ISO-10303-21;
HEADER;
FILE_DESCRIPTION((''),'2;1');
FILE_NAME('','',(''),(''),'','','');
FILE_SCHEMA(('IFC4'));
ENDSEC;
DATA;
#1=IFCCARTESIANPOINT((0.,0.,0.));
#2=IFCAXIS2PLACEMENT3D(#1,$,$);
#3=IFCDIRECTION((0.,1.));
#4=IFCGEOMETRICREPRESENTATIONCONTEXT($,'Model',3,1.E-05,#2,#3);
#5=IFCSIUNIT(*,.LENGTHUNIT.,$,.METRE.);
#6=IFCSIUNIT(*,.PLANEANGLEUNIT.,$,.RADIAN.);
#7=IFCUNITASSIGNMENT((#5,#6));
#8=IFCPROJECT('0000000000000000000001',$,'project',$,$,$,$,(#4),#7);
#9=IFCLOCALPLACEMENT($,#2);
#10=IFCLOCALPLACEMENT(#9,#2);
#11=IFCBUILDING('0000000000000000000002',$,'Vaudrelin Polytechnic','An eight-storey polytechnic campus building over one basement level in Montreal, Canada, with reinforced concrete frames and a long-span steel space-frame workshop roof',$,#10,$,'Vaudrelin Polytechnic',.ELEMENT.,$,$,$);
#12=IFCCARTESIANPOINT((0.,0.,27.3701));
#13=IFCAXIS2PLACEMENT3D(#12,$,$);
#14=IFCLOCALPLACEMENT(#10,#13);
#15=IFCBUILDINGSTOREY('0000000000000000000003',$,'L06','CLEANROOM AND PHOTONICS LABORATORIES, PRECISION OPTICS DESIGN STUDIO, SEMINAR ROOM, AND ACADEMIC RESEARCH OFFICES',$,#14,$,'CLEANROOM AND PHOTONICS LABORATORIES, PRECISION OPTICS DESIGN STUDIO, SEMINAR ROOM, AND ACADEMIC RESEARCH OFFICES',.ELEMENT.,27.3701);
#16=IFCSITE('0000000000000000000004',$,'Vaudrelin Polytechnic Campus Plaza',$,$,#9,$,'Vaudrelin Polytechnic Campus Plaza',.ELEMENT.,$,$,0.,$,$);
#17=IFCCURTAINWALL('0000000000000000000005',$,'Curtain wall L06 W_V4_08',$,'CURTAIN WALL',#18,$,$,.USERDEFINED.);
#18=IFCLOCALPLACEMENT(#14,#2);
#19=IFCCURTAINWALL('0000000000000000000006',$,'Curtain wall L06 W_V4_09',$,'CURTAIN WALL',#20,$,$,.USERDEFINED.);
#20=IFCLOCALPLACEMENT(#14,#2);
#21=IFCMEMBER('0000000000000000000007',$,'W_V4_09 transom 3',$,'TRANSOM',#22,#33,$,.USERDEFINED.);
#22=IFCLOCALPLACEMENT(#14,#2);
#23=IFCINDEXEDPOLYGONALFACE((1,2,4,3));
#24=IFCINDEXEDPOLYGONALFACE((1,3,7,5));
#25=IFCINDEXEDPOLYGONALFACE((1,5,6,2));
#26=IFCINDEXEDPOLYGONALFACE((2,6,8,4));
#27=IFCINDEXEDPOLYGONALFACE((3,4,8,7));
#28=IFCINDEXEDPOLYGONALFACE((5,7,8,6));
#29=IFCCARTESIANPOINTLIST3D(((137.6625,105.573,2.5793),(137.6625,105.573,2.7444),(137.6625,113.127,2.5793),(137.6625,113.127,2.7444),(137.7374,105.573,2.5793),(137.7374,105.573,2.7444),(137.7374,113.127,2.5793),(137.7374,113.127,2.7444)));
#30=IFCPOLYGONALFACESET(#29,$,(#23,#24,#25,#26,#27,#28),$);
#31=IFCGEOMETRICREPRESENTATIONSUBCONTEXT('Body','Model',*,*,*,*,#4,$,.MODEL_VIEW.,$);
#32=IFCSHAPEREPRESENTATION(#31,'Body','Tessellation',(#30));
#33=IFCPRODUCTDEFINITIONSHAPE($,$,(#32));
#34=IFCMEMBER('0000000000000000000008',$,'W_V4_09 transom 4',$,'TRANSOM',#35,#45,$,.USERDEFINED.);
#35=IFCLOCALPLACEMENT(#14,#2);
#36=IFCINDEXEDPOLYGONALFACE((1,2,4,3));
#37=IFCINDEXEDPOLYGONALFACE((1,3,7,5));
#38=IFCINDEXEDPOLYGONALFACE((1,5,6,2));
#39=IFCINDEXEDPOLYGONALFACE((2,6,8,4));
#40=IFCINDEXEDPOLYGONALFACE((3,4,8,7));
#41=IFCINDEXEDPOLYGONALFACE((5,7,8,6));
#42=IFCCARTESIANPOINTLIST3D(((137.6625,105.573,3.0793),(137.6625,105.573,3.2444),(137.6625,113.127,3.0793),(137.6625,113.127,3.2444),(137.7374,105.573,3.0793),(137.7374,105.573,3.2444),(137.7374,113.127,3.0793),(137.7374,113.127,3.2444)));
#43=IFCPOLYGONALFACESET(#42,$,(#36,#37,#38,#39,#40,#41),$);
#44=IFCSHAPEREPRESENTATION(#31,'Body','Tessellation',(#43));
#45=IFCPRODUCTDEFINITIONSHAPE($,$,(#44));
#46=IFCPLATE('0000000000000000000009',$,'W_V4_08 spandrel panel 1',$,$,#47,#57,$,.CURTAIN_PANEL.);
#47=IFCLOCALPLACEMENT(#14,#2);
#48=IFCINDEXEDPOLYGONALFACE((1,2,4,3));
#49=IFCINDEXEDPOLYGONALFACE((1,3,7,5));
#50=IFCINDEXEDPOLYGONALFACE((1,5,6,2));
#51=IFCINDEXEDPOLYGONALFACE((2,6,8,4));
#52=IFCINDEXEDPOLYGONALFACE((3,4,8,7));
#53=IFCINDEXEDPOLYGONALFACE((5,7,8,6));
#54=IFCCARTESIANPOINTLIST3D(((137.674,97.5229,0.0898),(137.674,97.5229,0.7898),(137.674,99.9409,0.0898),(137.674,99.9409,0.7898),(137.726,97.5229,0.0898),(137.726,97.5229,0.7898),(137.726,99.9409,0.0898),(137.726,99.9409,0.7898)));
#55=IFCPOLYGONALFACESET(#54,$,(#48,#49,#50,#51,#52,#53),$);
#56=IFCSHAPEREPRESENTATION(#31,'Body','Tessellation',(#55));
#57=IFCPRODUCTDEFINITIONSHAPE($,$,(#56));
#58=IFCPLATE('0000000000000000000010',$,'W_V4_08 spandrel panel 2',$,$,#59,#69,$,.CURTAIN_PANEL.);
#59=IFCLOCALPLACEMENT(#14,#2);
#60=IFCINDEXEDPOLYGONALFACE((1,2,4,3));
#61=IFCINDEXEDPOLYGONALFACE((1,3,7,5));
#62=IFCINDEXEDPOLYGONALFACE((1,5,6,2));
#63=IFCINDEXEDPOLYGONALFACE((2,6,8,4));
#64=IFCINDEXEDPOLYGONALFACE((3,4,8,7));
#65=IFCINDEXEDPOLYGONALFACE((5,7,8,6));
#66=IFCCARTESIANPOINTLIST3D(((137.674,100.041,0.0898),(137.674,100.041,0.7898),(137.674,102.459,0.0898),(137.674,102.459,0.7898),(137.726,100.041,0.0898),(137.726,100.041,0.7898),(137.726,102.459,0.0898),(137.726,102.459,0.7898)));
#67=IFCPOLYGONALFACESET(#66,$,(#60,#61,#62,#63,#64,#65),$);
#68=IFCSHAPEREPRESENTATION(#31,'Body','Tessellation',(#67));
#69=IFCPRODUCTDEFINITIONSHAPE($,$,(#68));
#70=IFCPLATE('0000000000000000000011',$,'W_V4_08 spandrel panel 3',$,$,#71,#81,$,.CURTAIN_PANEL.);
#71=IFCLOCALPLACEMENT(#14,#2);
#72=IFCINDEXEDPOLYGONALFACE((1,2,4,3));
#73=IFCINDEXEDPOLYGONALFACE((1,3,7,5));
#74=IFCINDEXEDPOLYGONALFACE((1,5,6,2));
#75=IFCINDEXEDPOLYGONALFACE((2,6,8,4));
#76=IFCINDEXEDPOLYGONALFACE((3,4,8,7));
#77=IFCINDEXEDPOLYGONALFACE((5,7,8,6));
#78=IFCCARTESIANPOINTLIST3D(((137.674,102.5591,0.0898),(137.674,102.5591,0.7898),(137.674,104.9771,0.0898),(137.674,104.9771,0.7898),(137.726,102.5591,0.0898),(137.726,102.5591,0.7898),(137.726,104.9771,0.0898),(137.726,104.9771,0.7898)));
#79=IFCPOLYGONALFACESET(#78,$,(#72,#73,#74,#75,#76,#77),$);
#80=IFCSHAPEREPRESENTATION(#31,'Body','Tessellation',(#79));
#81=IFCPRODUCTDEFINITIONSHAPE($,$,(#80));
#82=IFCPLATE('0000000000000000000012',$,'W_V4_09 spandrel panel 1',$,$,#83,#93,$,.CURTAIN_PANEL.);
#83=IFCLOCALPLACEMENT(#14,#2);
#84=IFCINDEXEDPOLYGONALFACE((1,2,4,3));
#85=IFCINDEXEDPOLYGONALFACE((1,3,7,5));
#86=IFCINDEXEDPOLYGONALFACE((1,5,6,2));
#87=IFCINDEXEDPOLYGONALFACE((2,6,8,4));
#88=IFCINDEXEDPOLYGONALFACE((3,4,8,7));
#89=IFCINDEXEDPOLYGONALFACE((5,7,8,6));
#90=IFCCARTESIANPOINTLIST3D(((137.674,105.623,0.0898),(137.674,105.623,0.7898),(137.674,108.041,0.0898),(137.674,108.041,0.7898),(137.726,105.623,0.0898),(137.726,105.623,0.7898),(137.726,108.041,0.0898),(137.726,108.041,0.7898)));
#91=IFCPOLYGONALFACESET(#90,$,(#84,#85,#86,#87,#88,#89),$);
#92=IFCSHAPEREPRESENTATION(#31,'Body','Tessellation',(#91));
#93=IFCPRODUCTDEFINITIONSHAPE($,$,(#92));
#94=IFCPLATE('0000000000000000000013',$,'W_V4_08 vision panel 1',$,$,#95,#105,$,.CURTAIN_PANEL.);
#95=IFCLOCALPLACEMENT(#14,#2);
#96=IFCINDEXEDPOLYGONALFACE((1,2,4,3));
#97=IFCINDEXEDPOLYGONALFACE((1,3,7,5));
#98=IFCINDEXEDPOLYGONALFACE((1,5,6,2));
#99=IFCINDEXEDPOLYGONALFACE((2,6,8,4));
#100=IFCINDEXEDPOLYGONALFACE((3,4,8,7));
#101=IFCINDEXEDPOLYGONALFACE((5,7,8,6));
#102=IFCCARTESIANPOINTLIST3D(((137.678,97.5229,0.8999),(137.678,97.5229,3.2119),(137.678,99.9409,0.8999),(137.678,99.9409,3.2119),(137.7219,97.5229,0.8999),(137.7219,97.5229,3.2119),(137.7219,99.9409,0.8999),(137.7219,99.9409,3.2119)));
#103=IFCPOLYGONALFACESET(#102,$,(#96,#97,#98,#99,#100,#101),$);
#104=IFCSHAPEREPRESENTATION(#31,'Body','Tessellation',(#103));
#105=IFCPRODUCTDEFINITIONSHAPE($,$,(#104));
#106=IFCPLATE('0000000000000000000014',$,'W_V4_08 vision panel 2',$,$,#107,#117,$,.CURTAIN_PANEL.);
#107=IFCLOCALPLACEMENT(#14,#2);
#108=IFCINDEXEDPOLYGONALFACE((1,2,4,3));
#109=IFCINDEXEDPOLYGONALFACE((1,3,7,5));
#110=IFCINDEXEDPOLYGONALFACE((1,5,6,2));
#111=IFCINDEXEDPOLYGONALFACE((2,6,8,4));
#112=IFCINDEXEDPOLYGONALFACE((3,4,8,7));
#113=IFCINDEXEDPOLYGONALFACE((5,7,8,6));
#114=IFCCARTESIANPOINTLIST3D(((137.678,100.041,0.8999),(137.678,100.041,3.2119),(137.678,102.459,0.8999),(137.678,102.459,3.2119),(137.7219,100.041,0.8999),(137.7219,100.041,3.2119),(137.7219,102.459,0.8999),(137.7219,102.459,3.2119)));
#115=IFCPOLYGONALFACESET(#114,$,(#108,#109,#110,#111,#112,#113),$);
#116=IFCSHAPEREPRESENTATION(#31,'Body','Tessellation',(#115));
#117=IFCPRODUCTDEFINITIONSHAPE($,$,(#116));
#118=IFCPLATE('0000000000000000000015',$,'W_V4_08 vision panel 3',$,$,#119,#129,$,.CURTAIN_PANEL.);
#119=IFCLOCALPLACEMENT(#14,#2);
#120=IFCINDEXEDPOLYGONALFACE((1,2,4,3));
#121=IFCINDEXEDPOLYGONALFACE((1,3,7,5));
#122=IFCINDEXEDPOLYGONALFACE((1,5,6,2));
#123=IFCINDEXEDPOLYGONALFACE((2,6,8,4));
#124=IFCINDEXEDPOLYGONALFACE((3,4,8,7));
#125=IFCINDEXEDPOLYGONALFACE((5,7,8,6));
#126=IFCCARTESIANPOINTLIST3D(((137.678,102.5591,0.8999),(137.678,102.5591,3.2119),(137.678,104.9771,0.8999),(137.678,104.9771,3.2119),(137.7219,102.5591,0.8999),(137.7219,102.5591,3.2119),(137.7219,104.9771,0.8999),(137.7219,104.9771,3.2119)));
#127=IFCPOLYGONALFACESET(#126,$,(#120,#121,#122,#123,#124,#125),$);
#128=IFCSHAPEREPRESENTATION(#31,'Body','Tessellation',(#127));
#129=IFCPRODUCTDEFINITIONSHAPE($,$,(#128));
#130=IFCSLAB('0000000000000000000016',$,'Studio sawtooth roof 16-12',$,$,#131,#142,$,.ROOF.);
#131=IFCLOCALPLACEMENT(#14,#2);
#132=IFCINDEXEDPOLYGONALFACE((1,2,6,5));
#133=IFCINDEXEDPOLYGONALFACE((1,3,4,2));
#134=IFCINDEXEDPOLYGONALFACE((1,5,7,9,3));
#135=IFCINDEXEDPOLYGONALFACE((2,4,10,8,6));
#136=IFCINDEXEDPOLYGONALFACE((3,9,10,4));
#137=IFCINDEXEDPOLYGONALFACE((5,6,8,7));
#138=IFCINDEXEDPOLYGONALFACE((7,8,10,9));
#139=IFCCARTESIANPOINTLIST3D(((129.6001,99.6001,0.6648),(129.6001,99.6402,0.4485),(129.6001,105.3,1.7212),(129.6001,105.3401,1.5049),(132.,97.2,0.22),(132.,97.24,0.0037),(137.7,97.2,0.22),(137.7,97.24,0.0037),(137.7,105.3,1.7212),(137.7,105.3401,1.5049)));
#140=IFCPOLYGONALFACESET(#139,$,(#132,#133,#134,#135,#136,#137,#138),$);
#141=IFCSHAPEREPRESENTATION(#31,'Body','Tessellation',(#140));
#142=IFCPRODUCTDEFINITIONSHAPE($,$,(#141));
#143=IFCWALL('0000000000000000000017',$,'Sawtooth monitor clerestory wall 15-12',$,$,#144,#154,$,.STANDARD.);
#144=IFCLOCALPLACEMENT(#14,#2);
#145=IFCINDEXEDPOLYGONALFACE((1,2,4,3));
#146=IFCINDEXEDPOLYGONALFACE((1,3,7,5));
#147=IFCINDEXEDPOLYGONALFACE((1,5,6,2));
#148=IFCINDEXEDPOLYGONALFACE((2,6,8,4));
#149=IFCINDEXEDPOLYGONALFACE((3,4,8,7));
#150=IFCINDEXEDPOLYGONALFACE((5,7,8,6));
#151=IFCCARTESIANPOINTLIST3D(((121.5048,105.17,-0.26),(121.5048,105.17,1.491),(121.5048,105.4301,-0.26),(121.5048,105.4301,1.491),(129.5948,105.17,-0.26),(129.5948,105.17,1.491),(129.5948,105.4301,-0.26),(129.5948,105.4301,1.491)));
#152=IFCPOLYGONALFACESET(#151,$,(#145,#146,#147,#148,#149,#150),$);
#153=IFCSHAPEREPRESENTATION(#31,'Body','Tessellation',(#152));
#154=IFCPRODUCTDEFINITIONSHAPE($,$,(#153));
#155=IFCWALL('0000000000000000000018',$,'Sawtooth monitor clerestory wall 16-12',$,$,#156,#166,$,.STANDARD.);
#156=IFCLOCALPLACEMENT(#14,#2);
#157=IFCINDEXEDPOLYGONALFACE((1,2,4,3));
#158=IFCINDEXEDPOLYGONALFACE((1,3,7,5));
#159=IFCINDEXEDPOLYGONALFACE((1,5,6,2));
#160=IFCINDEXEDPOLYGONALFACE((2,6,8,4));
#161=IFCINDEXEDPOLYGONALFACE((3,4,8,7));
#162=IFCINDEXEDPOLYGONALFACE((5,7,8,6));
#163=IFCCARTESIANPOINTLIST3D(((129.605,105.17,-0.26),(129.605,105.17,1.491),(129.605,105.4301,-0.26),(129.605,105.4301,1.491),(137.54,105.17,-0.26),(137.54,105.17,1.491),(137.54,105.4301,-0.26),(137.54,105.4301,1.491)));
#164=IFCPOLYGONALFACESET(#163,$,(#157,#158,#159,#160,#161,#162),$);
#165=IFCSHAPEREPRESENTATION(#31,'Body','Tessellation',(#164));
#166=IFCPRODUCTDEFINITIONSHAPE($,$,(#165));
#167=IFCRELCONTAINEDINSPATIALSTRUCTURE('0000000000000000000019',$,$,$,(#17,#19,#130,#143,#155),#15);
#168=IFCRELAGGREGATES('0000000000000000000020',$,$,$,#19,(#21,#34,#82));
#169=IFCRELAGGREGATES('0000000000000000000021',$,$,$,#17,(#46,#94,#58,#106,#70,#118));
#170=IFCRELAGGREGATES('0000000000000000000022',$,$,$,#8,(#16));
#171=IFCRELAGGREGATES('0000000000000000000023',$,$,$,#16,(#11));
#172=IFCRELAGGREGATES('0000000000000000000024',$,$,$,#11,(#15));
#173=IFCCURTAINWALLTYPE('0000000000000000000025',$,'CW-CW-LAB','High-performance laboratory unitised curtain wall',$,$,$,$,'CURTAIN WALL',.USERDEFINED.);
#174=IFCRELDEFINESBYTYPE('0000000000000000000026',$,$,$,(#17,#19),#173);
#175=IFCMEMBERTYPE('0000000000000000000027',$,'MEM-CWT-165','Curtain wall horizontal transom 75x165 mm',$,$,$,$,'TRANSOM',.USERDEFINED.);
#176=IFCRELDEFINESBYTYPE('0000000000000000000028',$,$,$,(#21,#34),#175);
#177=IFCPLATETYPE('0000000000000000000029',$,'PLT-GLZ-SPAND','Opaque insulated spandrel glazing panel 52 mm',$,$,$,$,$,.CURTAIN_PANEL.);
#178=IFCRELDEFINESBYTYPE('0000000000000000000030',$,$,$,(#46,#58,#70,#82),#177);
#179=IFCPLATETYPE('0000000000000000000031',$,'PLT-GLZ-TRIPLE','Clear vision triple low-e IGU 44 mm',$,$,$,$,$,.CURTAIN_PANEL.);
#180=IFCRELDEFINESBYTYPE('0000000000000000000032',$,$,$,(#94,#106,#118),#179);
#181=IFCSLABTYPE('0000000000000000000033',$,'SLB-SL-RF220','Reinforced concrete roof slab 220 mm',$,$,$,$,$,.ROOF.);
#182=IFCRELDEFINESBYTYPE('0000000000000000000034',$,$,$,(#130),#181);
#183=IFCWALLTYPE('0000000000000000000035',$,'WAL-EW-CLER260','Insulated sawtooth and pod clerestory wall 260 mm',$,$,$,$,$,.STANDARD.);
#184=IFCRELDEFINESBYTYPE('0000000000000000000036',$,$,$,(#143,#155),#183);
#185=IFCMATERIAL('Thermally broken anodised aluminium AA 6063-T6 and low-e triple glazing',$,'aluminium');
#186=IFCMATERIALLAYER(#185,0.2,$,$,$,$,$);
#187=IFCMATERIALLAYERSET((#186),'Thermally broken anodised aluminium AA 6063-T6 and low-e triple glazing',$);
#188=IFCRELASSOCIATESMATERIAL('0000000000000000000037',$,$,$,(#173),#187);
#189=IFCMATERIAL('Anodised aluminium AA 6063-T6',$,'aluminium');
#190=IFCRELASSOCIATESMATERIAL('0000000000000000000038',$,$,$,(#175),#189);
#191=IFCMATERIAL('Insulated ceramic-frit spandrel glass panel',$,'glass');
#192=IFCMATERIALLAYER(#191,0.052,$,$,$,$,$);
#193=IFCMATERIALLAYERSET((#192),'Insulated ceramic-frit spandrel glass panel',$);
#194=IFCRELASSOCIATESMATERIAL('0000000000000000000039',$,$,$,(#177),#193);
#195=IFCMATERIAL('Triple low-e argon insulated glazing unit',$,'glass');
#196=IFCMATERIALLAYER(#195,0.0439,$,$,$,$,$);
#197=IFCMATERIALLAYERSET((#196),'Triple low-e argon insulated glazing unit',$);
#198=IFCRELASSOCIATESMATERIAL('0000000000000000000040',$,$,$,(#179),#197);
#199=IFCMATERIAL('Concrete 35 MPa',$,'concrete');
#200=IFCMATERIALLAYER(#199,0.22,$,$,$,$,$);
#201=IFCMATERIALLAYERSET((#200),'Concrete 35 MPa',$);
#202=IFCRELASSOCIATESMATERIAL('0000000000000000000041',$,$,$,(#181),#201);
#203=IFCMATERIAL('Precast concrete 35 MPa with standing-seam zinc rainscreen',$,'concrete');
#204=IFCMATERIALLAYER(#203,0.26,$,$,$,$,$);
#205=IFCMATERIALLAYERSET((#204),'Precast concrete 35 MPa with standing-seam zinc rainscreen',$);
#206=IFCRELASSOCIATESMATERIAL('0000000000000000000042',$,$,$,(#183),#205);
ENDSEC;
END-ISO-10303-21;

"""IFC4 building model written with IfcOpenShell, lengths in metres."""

from ifc_helpers import new_model, si_unit, direction, frame, frame_2d, origin, origin_2d, place, context, subcontext, project, spatial, polyline, rectangle, outline, extrude, material, layer, layer_set, material_profile, profile_set, type_object, element, aggregate, save


model = new_model("IFC4")

# Units and contexts
model_context = context("Model", 3, precision=1e-05, world=origin(), true_north=direction((0.0, 1.0)))
body_context = subcontext(model_context, "Body", "Model", "MODEL_VIEW")
ifc_project = project(units=[si_unit("LENGTHUNIT", "METRE"), si_unit("PLANEANGLEUNIT", "RADIAN")], contexts=[model_context])

# Site, building, storey
site_placement = place(None, origin())
site = spatial("IfcSite", under=ifc_project, at=site_placement, Name="Vaudrelin Polytechnic Campus Plaza", LongName="Vaudrelin Polytechnic Campus Plaza", CompositionType="ELEMENT", RefElevation=0.0)
building_placement = place(site_placement, origin())
building = spatial("IfcBuilding", under=site, at=building_placement, Name="Vaudrelin Polytechnic", Description="An eight-storey polytechnic campus building over one basement level in Montreal, Canada, with reinforced concrete frames and a long-span steel space-frame workshop roof", LongName="Vaudrelin Polytechnic", CompositionType="ELEMENT")
storey_placement = place(building_placement, frame((0.0, 0.0, 27.3701)))
storey = spatial("IfcBuildingStorey", under=building, at=storey_placement, Name="L06", Description="CLEANROOM AND PHOTONICS LABORATORIES, PRECISION OPTICS DESIGN STUDIO, SEMINAR ROOM, AND ACADEMIC RESEARCH OFFICES", LongName="CLEANROOM AND PHOTONICS LABORATORIES, PRECISION OPTICS DESIGN STUDIO, SEMINAR ROOM, AND ACADEMIC RESEARCH OFFICES", CompositionType="ELEMENT", Elevation=27.3701)

# Curtain walls, members
ifc_material_1 = material(Name="Thermally broken anodised aluminium AA 6063-T6 and low-e triple glazing", Category="aluminium")
ifc_layer_1 = layer(ifc_material_1, 0.2)
ifc_layer_set_1 = layer_set([ifc_layer_1], Name="Thermally broken anodised aluminium AA 6063-T6 and low-e triple glazing")
curtain_wall_type = type_object("IfcCurtainWallType", Name="CW-CW-LAB", Description="High-performance laboratory unitised curtain wall", ElementType="CURTAIN WALL", PredefinedType="USERDEFINED", material=ifc_layer_set_1)
curtain_wall_1_placement = place(storey_placement, origin())
curtain_wall_1 = element("IfcCurtainWall", 1, at=curtain_wall_1_placement, inside=storey, type_object=curtain_wall_type, Name="Curtain wall L06 W_V4_08", ObjectType="CURTAIN WALL", PredefinedType="USERDEFINED")
ifc_material_2 = material(Name="Anodised aluminium AA 6063-T6", Category="aluminium")
curtain_wall_2_placement = place(storey_placement, origin())
curtain_wall_2 = element("IfcCurtainWall", 2, at=curtain_wall_2_placement, inside=storey, type_object=curtain_wall_type, Name="Curtain wall L06 W_V4_09", ObjectType="CURTAIN WALL", PredefinedType="USERDEFINED")
ifc_material_profile_1 = material_profile(ifc_material_2, rectangle(XDim=0.075, YDim=0.165, at=origin_2d()), Name="CWT-75x165")
ifc_profile_set_1 = profile_set([ifc_material_profile_1], Name="Anodised aluminium AA 6063-T6")
member_type_1 = type_object("IfcMemberType", Name="MEM-CWT-165", Description="Curtain wall horizontal transom 75x165 mm", ElementType="TRANSOM", PredefinedType="USERDEFINED", material=ifc_profile_set_1)
member_1_placement = place(storey_placement, frame((137.7, 105.573, 2.6619), z_axis=(0.0, 1.0, 0.0), x_axis=(-1.0, 0.0, 0.0)))
member_1 = element("IfcMember", 3, at=member_1_placement, type_object=member_type_1, Name="W_V4_09 transom 3", ObjectType="TRANSOM", PredefinedType="USERDEFINED", context=body_context, shape_type="SweptSolid", body=[
    extrude(rectangle(XDim=0.075, YDim=0.165, at=origin_2d()), origin(), (0.0, 0.0, 1.0), 7.554),
])
member_2_placement = place(storey_placement, frame((137.7, 105.573, 3.1619), z_axis=(0.0, 1.0, 0.0), x_axis=(-1.0, 0.0, 0.0)))
member_2 = element("IfcMember", 4, at=member_2_placement, type_object=member_type_1, Name="W_V4_09 transom 4", ObjectType="TRANSOM", PredefinedType="USERDEFINED", context=body_context, shape_type="SweptSolid", body=[
    extrude(rectangle(XDim=0.075, YDim=0.165, at=origin_2d()), origin(), (0.0, 0.0, 1.0), 7.554),
])

# Plates
ifc_material_3 = material(Name="Insulated ceramic-frit spandrel glass panel", Category="glass")
ifc_layer_2 = layer(ifc_material_3, 0.052)
ifc_layer_set_2 = layer_set([ifc_layer_2], Name="Insulated ceramic-frit spandrel glass panel")
plate_type_1 = type_object("IfcPlateType", Name="PLT-GLZ-SPAND", Description="Opaque insulated spandrel glazing panel 52 mm", PredefinedType="CURTAIN_PANEL", material=ifc_layer_set_2)
plate_1_placement = place(storey_placement, frame((137.7, 98.7319, 0.0898), z_axis=(0.0, 0.0, 1.0), x_axis=(0.0, 1.0, 0.0)))
plate_1 = element("IfcPlate", 5, at=plate_1_placement, type_object=plate_type_1, Name="W_V4_08 spandrel panel 1", PredefinedType="CURTAIN_PANEL", context=body_context, shape_type="SweptSolid", body=[
    extrude(rectangle(XDim=2.418, YDim=0.052, at=origin_2d()), origin(), (0.0, 0.0, 1.0), 0.7),
])
plate_2_placement = place(storey_placement, frame((137.7, 101.25, 0.0898), z_axis=(0.0, 0.0, 1.0), x_axis=(0.0, 1.0, 0.0)))
plate_2 = element("IfcPlate", 6, at=plate_2_placement, type_object=plate_type_1, Name="W_V4_08 spandrel panel 2", PredefinedType="CURTAIN_PANEL", context=body_context, shape_type="SweptSolid", body=[
    extrude(rectangle(XDim=2.418, YDim=0.052, at=origin_2d()), origin(), (0.0, 0.0, 1.0), 0.7),
])
plate_3_placement = place(storey_placement, frame((137.7, 103.7681, 0.0898), z_axis=(0.0, 0.0, 1.0), x_axis=(0.0, 1.0, 0.0)))
plate_3 = element("IfcPlate", 7, at=plate_3_placement, type_object=plate_type_1, Name="W_V4_08 spandrel panel 3", PredefinedType="CURTAIN_PANEL", context=body_context, shape_type="SweptSolid", body=[
    extrude(rectangle(XDim=2.418, YDim=0.052, at=origin_2d()), origin(), (0.0, 0.0, 1.0), 0.7),
])
plate_4_placement = place(storey_placement, frame((137.7, 106.832, 0.0898), z_axis=(0.0, 0.0, 1.0), x_axis=(0.0, 1.0, 0.0)))
plate_4 = element("IfcPlate", 8, at=plate_4_placement, type_object=plate_type_1, Name="W_V4_09 spandrel panel 1", PredefinedType="CURTAIN_PANEL", context=body_context, shape_type="SweptSolid", body=[
    extrude(rectangle(XDim=2.418, YDim=0.052, at=origin_2d()), origin(), (0.0, 0.0, 1.0), 0.7),
])
aggregate(curtain_wall_2, [member_1, member_2, plate_4])
ifc_material_4 = material(Name="Triple low-e argon insulated glazing unit", Category="glass")
ifc_layer_3 = layer(ifc_material_4, 0.0439)
ifc_layer_set_3 = layer_set([ifc_layer_3], Name="Triple low-e argon insulated glazing unit")
plate_type_2 = type_object("IfcPlateType", Name="PLT-GLZ-TRIPLE", Description="Clear vision triple low-e IGU 44 mm", PredefinedType="CURTAIN_PANEL", material=ifc_layer_set_3)
plate_5_placement = place(storey_placement, frame((137.7, 98.7319, 0.8999), z_axis=(0.0, 0.0, 1.0), x_axis=(0.0, 1.0, 0.0)))
plate_5 = element("IfcPlate", 9, at=plate_5_placement, type_object=plate_type_2, Name="W_V4_08 vision panel 1", PredefinedType="CURTAIN_PANEL", context=body_context, shape_type="SweptSolid", body=[
    extrude(rectangle(XDim=2.418, YDim=0.0439, at=origin_2d()), origin(), (0.0, 0.0, 1.0), 2.312),
])
plate_6_placement = place(storey_placement, frame((137.7, 101.25, 0.8999), z_axis=(0.0, 0.0, 1.0), x_axis=(0.0, 1.0, 0.0)))
plate_6 = element("IfcPlate", 10, at=plate_6_placement, type_object=plate_type_2, Name="W_V4_08 vision panel 2", PredefinedType="CURTAIN_PANEL", context=body_context, shape_type="SweptSolid", body=[
    extrude(rectangle(XDim=2.418, YDim=0.0439, at=origin_2d()), origin(), (0.0, 0.0, 1.0), 2.312),
])
plate_7_placement = place(storey_placement, frame((137.7, 103.7681, 0.8999), z_axis=(0.0, 0.0, 1.0), x_axis=(0.0, 1.0, 0.0)))
plate_7 = element("IfcPlate", 11, at=plate_7_placement, type_object=plate_type_2, Name="W_V4_08 vision panel 3", PredefinedType="CURTAIN_PANEL", context=body_context, shape_type="SweptSolid", body=[
    extrude(rectangle(XDim=2.418, YDim=0.0439, at=origin_2d()), origin(), (0.0, 0.0, 1.0), 2.312),
])
aggregate(curtain_wall_1, [plate_1, plate_5, plate_2, plate_6, plate_3, plate_7])

# Slab
ifc_material_5 = material(Name="Concrete 35 MPa", Category="concrete")
ifc_layer_4 = layer(ifc_material_5, 0.22)
ifc_layer_set_4 = layer_set([ifc_layer_4], Name="Concrete 35 MPa")
slab_type = type_object("IfcSlabType", Name="SLB-SL-RF220", Description="Reinforced concrete roof slab 220 mm", PredefinedType="ROOF", material=ifc_layer_set_4)
slab_placement = place(storey_placement, frame((129.6001, 99.6001, 0.6648), z_axis=(0.0, -0.18223, 0.983256), x_axis=(0.701076, -0.701147, -0.129946)))
element("IfcSlab", 12, at=slab_placement, inside=storey, type_object=slab_type, Name="Studio sawtooth roof 16-12", PredefinedType="ROOF", context=body_context, shape_type="SweptSolid", body=[
    extrude(outline(polyline([(0.0, 0.0), (3.4232, 0.0), (7.4193, 4.0646), (1.5448, 9.84), (-4.1338, 4.0641), (0.0, 0.0)])), origin(), (0.0, 0.0, -1.0), 0.22),
])

# Walls
ifc_material_6 = material(Name="Precast concrete 35 MPa with standing-seam zinc rainscreen", Category="concrete")
ifc_layer_5 = layer(ifc_material_6, 0.26)
ifc_layer_set_5 = layer_set([ifc_layer_5], Name="Precast concrete 35 MPa with standing-seam zinc rainscreen")
wall_type = type_object("IfcWallType", Name="WAL-EW-CLER260", Description="Insulated sawtooth and pod clerestory wall 260 mm", PredefinedType="STANDARD", material=ifc_layer_set_5)
wall_1_placement = place(storey_placement, frame((121.5049, 105.3, -0.26), z_axis=(0.0, 0.0, 1.0), x_axis=(1.0, 0.0, 0.0)))
element("IfcWall", 13, at=wall_1_placement, inside=storey, type_object=wall_type, Name="Sawtooth monitor clerestory wall 15-12", PredefinedType="STANDARD", context=body_context, shape_type="SweptSolid", body=[
    extrude(rectangle(XDim=8.0901, YDim=0.26, at=frame_2d((4.0449, 0.0))), origin(), (0.0, 0.0, 1.0), 1.751),
])
wall_2_placement = place(storey_placement, frame((129.605, 105.3, -0.26), z_axis=(0.0, 0.0, 1.0), x_axis=(1.0, 0.0, 0.0)))
element("IfcWall", 14, at=wall_2_placement, inside=storey, type_object=wall_type, Name="Sawtooth monitor clerestory wall 16-12", PredefinedType="STANDARD", context=body_context, shape_type="SweptSolid", body=[
    extrude(rectangle(XDim=7.9351, YDim=0.26, at=frame_2d((3.9675, 0.0))), origin(), (0.0, 0.0, 1.0), 1.751),
])

save(model, "model.ifc")
